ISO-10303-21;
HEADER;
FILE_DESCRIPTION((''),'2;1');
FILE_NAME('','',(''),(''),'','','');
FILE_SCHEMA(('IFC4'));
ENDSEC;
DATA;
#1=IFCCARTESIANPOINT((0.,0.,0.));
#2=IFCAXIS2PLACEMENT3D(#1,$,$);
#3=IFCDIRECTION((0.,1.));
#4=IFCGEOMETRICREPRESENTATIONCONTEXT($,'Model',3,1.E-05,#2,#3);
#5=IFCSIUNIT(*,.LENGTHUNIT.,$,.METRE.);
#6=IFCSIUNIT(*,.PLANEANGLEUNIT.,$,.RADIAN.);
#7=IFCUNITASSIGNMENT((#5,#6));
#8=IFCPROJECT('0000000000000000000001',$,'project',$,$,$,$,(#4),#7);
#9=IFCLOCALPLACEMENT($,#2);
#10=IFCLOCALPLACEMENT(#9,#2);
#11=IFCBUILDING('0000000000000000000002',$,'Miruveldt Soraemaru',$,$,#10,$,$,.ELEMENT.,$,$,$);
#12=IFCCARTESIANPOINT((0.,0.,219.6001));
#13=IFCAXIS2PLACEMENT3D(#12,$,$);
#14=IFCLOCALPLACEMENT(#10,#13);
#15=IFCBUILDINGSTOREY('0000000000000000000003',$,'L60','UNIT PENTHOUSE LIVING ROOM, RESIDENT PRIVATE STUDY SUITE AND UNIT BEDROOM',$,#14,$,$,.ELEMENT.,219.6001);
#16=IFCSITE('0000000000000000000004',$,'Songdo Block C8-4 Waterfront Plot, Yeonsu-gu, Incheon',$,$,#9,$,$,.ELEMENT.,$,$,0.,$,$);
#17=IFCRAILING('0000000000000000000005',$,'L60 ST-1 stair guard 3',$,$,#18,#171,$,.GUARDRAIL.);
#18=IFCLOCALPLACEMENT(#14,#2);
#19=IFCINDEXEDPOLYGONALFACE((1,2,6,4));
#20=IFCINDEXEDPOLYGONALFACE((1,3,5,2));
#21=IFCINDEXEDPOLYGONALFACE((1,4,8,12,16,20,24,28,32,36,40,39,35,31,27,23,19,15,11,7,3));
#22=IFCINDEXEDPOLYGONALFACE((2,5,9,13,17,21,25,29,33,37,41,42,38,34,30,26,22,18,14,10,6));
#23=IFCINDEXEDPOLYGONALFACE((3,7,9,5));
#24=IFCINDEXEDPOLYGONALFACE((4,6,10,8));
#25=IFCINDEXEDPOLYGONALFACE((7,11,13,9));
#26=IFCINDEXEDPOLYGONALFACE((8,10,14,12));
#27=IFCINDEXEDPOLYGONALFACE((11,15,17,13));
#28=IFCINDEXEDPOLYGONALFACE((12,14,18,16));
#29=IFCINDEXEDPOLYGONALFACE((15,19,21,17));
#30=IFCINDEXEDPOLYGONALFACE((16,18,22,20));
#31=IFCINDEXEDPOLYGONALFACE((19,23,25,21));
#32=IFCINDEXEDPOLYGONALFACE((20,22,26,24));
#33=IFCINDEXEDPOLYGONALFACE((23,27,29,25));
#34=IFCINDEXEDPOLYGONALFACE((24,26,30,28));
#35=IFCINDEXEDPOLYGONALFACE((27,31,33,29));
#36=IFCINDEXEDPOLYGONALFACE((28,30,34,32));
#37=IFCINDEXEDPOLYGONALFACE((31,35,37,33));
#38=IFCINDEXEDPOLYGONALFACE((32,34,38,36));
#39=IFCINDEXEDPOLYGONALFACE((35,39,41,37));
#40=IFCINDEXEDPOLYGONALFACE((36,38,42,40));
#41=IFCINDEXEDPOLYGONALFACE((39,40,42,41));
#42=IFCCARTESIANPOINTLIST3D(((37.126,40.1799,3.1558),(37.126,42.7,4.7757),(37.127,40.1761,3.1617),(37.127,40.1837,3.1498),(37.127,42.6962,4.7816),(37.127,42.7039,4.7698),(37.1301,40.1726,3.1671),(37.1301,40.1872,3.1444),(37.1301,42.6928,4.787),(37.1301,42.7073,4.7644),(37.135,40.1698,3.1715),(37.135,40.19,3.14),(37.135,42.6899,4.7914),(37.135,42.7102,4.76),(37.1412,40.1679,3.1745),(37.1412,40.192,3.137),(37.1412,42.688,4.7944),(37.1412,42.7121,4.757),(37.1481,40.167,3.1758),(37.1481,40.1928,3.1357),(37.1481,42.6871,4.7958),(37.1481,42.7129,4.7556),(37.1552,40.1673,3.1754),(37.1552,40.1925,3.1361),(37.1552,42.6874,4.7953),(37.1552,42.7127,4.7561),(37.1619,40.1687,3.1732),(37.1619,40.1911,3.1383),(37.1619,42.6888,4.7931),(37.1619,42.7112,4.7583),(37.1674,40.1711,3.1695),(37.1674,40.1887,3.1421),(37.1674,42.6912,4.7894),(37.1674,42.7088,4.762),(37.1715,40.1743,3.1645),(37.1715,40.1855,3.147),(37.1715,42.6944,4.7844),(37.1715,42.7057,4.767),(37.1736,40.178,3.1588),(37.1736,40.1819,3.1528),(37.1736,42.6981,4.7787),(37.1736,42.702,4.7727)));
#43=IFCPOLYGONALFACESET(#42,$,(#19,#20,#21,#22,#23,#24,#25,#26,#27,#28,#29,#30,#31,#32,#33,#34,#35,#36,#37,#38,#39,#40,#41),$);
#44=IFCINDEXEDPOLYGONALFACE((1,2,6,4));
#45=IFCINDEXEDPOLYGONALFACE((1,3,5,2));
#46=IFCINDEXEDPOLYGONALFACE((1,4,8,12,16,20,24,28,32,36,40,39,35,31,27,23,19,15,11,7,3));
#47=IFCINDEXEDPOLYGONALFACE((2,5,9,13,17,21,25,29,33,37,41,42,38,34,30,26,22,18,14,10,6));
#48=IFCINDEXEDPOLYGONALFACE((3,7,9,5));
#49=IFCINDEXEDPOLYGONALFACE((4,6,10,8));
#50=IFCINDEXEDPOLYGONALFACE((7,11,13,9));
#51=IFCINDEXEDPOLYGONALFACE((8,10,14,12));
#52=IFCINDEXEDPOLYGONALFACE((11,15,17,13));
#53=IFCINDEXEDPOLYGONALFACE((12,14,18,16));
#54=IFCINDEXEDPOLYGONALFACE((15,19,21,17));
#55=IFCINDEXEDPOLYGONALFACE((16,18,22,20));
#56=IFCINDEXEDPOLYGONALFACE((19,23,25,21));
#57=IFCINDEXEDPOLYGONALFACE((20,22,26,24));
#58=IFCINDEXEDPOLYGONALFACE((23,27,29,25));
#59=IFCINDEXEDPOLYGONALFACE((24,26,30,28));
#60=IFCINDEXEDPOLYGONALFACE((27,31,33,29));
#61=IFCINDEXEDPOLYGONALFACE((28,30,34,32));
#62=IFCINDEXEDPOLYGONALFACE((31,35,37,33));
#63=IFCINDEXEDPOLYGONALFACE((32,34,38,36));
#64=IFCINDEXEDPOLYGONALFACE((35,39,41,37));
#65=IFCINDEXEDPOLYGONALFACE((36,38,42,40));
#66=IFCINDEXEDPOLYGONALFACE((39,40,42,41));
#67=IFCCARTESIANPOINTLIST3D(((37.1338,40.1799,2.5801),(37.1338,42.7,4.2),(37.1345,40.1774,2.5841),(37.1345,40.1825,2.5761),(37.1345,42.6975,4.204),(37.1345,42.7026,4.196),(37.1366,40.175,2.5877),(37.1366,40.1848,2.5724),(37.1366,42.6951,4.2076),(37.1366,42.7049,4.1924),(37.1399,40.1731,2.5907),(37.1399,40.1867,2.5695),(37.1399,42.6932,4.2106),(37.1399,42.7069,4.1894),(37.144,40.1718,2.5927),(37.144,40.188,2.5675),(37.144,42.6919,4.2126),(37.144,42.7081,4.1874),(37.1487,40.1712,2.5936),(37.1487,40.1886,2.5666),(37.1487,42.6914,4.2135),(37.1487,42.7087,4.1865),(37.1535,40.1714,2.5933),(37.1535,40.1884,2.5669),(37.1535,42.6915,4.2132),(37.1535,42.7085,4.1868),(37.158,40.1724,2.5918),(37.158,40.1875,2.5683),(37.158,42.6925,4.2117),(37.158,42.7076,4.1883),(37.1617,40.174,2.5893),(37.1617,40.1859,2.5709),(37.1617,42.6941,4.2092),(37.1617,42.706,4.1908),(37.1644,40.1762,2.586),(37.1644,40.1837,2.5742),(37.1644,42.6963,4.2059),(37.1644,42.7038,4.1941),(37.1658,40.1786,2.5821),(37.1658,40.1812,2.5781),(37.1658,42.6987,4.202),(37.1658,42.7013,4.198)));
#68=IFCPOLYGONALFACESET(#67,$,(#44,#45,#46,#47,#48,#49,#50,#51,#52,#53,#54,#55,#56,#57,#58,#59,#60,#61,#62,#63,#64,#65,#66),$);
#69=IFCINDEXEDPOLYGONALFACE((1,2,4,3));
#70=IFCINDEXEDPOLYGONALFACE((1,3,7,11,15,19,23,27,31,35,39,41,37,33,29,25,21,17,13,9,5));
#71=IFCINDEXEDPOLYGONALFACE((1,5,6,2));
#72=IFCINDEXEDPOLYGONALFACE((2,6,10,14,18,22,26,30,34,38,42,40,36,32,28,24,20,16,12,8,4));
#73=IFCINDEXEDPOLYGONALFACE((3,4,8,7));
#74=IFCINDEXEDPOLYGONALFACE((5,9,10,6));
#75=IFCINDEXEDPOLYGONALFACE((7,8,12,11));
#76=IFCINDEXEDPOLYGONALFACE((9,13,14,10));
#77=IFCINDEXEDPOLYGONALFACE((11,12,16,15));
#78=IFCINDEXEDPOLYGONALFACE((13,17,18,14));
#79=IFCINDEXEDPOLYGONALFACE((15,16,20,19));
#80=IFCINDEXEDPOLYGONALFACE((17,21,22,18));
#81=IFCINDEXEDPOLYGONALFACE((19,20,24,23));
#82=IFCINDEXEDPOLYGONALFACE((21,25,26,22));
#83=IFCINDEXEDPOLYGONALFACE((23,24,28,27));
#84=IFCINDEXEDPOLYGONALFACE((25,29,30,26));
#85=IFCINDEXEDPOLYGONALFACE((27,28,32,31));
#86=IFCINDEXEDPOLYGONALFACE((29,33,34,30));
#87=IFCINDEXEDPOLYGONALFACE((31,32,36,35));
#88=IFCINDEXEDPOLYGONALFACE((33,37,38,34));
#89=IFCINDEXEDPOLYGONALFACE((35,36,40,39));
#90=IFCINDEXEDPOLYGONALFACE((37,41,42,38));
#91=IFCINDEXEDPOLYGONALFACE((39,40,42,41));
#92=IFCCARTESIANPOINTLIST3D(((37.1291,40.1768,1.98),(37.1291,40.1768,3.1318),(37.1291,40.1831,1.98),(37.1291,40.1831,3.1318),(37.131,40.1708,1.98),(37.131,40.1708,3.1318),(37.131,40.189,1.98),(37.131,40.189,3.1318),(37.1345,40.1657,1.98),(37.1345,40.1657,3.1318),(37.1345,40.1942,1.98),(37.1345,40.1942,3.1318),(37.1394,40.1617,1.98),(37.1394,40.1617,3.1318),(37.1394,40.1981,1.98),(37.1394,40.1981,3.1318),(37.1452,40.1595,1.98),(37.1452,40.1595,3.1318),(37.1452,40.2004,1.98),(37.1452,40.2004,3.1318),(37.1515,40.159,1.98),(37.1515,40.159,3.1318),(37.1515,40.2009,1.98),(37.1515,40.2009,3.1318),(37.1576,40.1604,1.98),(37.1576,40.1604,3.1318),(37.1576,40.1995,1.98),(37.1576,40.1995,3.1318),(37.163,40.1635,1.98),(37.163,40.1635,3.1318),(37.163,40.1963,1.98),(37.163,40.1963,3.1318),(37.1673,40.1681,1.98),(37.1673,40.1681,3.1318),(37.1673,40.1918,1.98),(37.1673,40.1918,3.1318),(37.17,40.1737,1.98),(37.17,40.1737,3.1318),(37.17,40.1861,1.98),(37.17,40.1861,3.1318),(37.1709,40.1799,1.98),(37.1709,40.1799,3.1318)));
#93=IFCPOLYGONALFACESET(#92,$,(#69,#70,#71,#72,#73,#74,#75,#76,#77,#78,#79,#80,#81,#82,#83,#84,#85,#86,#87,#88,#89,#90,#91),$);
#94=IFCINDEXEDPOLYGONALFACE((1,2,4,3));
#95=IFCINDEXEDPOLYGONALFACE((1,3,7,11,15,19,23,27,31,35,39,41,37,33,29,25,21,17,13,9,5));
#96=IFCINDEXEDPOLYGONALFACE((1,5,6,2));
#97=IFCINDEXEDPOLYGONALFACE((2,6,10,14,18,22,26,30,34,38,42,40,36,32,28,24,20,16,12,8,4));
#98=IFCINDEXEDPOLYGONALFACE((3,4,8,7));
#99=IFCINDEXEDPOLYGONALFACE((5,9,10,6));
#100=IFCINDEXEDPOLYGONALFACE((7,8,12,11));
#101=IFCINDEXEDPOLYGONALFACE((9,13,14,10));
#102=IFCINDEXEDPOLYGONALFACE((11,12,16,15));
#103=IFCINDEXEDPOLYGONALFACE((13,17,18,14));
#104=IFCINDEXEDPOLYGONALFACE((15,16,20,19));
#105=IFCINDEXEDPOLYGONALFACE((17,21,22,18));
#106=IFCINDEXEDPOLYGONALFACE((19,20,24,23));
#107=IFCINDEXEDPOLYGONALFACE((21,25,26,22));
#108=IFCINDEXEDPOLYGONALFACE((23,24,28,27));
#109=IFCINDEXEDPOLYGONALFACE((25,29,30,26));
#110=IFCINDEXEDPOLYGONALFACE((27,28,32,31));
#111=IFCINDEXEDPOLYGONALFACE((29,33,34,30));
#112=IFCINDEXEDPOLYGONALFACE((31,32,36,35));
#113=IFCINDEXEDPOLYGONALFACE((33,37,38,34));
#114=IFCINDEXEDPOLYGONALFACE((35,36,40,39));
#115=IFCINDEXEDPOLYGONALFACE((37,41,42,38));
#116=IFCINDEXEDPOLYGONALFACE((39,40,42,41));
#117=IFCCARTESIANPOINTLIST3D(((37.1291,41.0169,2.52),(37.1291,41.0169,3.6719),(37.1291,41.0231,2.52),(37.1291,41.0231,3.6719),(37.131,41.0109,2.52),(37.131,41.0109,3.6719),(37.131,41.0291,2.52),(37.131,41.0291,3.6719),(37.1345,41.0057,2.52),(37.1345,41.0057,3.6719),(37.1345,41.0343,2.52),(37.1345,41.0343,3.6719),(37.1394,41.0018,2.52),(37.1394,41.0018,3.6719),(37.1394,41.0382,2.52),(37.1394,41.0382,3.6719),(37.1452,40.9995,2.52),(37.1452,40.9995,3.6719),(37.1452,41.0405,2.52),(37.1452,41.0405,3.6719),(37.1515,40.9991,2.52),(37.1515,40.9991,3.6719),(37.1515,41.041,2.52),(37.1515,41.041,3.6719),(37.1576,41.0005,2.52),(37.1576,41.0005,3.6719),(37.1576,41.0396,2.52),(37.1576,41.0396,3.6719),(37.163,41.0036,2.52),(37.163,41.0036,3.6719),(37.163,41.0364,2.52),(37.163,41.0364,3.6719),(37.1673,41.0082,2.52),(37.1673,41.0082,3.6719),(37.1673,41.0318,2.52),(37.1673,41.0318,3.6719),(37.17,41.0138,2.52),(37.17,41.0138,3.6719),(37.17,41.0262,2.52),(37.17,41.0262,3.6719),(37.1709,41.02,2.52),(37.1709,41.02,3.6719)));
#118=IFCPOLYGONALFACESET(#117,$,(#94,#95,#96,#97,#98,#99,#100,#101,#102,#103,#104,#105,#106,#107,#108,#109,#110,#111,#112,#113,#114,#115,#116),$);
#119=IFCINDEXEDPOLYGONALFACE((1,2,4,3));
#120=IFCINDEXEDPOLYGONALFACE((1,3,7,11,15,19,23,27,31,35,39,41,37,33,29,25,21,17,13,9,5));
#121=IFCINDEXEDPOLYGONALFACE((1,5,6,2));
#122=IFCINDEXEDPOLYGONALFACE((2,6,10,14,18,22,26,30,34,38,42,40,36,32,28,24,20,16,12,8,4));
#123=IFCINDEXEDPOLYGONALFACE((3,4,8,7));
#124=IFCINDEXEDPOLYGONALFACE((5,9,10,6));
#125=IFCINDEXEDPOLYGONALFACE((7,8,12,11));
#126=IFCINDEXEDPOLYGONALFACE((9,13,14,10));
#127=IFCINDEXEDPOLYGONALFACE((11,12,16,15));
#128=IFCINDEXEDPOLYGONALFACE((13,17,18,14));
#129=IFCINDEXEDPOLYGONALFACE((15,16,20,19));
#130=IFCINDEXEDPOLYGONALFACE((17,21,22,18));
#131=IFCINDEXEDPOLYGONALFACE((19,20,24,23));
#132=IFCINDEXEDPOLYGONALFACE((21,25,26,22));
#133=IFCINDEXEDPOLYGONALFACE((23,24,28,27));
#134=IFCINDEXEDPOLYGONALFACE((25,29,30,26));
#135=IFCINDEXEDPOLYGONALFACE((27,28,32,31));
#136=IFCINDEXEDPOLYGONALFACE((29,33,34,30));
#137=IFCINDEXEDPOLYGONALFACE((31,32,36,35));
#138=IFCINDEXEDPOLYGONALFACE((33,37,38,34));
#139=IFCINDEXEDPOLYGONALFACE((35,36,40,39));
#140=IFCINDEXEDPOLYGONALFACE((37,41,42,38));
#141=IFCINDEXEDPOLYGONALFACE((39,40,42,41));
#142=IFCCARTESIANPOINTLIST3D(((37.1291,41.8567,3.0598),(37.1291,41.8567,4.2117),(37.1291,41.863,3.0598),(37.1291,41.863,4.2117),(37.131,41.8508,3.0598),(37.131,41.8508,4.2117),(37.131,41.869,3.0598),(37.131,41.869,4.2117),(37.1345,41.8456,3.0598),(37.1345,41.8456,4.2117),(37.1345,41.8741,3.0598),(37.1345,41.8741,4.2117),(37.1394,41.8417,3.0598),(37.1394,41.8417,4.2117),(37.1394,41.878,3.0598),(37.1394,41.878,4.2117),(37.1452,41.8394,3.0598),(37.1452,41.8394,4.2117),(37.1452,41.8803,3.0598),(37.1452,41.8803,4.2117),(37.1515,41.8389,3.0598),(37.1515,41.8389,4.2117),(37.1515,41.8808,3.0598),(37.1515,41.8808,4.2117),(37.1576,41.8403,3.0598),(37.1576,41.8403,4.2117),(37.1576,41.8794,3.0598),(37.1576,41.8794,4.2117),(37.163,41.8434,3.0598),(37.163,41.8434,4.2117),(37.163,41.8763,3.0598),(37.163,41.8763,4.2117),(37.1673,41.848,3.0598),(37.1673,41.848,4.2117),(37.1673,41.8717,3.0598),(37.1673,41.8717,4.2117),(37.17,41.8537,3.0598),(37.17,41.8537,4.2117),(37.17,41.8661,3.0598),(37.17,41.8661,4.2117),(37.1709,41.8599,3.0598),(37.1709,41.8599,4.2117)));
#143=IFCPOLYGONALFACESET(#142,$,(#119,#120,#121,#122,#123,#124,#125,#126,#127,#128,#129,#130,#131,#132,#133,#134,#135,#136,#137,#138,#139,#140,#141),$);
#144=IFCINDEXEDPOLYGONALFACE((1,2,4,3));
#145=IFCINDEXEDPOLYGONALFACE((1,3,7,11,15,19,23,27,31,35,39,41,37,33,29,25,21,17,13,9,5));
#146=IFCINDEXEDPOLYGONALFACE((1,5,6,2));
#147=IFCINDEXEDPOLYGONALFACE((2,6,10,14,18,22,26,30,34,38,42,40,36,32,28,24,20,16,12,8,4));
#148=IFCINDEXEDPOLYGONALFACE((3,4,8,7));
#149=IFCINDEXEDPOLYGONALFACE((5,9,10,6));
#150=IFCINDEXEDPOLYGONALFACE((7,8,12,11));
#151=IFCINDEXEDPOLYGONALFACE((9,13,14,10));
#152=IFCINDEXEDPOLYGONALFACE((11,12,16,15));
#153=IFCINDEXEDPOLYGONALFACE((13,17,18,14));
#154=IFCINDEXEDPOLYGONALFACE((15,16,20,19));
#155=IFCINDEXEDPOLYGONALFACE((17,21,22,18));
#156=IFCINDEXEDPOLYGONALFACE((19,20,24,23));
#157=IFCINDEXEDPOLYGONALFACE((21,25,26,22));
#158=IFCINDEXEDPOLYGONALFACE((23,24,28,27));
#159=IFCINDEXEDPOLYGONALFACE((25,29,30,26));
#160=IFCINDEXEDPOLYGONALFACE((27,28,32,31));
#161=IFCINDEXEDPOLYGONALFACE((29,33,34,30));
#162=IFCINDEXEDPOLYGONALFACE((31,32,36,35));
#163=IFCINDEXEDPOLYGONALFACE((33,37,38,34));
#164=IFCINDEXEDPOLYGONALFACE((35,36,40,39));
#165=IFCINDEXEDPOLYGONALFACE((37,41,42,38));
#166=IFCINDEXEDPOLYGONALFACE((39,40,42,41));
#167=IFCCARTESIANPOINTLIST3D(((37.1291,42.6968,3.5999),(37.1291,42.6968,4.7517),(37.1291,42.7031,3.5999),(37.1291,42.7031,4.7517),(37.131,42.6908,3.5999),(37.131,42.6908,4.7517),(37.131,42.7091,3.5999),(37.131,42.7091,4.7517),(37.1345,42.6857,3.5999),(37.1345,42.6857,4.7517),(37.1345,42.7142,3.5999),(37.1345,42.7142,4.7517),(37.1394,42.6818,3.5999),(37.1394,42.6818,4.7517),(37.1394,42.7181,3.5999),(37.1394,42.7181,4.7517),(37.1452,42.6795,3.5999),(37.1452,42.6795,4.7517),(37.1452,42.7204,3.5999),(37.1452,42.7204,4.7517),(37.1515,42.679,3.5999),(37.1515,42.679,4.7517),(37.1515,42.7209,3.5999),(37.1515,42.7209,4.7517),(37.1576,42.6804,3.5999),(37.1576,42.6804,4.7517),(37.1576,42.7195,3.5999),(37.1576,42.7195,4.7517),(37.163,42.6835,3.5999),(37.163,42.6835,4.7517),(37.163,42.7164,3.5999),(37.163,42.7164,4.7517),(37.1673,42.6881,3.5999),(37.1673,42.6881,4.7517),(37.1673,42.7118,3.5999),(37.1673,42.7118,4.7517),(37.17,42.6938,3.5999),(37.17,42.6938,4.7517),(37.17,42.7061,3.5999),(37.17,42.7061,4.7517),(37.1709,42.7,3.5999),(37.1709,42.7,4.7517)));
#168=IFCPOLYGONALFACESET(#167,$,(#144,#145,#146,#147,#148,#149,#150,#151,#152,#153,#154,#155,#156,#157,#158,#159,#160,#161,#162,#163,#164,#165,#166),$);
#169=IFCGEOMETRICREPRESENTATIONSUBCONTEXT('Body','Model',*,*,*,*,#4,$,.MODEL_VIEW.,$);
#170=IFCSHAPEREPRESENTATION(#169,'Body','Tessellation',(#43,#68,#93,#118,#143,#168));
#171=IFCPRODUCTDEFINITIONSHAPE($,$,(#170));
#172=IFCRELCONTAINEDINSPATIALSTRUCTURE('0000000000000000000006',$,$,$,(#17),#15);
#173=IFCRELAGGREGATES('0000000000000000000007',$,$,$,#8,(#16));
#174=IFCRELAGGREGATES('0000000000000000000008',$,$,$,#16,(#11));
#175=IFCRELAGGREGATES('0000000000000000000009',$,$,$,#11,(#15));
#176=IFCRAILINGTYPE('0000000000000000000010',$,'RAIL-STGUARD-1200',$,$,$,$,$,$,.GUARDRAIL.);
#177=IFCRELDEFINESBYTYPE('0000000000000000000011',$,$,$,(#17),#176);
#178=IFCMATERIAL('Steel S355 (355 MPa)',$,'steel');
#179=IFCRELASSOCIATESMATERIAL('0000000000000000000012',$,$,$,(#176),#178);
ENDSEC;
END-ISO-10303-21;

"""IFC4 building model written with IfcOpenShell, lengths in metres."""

from ifc_helpers import new_model, si_unit, direction, frame, origin, origin_2d, place, context, subcontext, project, spatial, circle, extrude, material, type_object, element, save


model = new_model("IFC4")

# Units and contexts
model_context = context("Model", 3, precision=1e-05, world=origin(), true_north=direction((0.0, 1.0)))
body_context = subcontext(model_context, "Body", "Model", "MODEL_VIEW")
ifc_project = project(units=[si_unit("LENGTHUNIT", "METRE"), si_unit("PLANEANGLEUNIT", "RADIAN")], contexts=[model_context])

# Site, building, storey
site_placement = place(None, origin())
site = spatial("IfcSite", under=ifc_project, at=site_placement, Name="Songdo Block C8-4 Waterfront Plot, Yeonsu-gu, Incheon", CompositionType="ELEMENT", RefElevation=0.0)
building_placement = place(site_placement, origin())
building = spatial("IfcBuilding", under=site, at=building_placement, Name="Miruveldt Soraemaru", CompositionType="ELEMENT")
storey_placement = place(building_placement, frame((0.0, 0.0, 219.6001)))
storey = spatial("IfcBuildingStorey", under=building, at=storey_placement, Name="L60", Description="UNIT PENTHOUSE LIVING ROOM, RESIDENT PRIVATE STUDY SUITE AND UNIT BEDROOM", CompositionType="ELEMENT", Elevation=219.6001)

# Railing
ifc_material_1 = material(Name="Steel S355 (355 MPa)", Category="steel")
railing_type_1 = type_object("IfcRailingType", Name="RAIL-STGUARD-1200", PredefinedType="GUARDRAIL", material=ifc_material_1)
railing_1_placement = place(storey_placement, frame((37.1499, 40.1799, 1.98)))
element("IfcRailing", 1, at=railing_1_placement, inside=storey, type_object=railing_type_1, Name="L60 ST-1 stair guard 3", PredefinedType="GUARDRAIL", context=body_context, shape_type="SweptSolid", body=[
    extrude(circle(Radius=0.0239, at=origin_2d()), frame((0.0, 0.0, 1.1758), z_axis=(0.0, 0.8412, 0.540725), x_axis=(-1.0, 0.0, 0.0)), (0.0, 0.0, 1.0), 2.9958),
    extrude(circle(Radius=0.0161, at=origin_2d()), frame((0.0, 0.0, 0.6001), z_axis=(0.0, 0.8412, 0.540725), x_axis=(-1.0, 0.0, 0.0)), (0.0, 0.0, 1.0), 2.9958),
    extrude(circle(Radius=0.021, at=origin_2d()), origin(), (0.0, 0.0, 1.0), 1.1519),
    extrude(circle(Radius=0.021, at=origin_2d()), frame((0.0, 0.8401, 0.54)), (0.0, 0.0, 1.0), 1.1519),
    extrude(circle(Radius=0.021, at=origin_2d()), frame((0.0, 1.6799, 1.0798)), (0.0, 0.0, 1.0), 1.1519),
    extrude(circle(Radius=0.021, at=origin_2d()), frame((0.0, 2.52, 1.6199)), (0.0, 0.0, 1.0), 1.1519),
])

save(model, "model.ifc")
